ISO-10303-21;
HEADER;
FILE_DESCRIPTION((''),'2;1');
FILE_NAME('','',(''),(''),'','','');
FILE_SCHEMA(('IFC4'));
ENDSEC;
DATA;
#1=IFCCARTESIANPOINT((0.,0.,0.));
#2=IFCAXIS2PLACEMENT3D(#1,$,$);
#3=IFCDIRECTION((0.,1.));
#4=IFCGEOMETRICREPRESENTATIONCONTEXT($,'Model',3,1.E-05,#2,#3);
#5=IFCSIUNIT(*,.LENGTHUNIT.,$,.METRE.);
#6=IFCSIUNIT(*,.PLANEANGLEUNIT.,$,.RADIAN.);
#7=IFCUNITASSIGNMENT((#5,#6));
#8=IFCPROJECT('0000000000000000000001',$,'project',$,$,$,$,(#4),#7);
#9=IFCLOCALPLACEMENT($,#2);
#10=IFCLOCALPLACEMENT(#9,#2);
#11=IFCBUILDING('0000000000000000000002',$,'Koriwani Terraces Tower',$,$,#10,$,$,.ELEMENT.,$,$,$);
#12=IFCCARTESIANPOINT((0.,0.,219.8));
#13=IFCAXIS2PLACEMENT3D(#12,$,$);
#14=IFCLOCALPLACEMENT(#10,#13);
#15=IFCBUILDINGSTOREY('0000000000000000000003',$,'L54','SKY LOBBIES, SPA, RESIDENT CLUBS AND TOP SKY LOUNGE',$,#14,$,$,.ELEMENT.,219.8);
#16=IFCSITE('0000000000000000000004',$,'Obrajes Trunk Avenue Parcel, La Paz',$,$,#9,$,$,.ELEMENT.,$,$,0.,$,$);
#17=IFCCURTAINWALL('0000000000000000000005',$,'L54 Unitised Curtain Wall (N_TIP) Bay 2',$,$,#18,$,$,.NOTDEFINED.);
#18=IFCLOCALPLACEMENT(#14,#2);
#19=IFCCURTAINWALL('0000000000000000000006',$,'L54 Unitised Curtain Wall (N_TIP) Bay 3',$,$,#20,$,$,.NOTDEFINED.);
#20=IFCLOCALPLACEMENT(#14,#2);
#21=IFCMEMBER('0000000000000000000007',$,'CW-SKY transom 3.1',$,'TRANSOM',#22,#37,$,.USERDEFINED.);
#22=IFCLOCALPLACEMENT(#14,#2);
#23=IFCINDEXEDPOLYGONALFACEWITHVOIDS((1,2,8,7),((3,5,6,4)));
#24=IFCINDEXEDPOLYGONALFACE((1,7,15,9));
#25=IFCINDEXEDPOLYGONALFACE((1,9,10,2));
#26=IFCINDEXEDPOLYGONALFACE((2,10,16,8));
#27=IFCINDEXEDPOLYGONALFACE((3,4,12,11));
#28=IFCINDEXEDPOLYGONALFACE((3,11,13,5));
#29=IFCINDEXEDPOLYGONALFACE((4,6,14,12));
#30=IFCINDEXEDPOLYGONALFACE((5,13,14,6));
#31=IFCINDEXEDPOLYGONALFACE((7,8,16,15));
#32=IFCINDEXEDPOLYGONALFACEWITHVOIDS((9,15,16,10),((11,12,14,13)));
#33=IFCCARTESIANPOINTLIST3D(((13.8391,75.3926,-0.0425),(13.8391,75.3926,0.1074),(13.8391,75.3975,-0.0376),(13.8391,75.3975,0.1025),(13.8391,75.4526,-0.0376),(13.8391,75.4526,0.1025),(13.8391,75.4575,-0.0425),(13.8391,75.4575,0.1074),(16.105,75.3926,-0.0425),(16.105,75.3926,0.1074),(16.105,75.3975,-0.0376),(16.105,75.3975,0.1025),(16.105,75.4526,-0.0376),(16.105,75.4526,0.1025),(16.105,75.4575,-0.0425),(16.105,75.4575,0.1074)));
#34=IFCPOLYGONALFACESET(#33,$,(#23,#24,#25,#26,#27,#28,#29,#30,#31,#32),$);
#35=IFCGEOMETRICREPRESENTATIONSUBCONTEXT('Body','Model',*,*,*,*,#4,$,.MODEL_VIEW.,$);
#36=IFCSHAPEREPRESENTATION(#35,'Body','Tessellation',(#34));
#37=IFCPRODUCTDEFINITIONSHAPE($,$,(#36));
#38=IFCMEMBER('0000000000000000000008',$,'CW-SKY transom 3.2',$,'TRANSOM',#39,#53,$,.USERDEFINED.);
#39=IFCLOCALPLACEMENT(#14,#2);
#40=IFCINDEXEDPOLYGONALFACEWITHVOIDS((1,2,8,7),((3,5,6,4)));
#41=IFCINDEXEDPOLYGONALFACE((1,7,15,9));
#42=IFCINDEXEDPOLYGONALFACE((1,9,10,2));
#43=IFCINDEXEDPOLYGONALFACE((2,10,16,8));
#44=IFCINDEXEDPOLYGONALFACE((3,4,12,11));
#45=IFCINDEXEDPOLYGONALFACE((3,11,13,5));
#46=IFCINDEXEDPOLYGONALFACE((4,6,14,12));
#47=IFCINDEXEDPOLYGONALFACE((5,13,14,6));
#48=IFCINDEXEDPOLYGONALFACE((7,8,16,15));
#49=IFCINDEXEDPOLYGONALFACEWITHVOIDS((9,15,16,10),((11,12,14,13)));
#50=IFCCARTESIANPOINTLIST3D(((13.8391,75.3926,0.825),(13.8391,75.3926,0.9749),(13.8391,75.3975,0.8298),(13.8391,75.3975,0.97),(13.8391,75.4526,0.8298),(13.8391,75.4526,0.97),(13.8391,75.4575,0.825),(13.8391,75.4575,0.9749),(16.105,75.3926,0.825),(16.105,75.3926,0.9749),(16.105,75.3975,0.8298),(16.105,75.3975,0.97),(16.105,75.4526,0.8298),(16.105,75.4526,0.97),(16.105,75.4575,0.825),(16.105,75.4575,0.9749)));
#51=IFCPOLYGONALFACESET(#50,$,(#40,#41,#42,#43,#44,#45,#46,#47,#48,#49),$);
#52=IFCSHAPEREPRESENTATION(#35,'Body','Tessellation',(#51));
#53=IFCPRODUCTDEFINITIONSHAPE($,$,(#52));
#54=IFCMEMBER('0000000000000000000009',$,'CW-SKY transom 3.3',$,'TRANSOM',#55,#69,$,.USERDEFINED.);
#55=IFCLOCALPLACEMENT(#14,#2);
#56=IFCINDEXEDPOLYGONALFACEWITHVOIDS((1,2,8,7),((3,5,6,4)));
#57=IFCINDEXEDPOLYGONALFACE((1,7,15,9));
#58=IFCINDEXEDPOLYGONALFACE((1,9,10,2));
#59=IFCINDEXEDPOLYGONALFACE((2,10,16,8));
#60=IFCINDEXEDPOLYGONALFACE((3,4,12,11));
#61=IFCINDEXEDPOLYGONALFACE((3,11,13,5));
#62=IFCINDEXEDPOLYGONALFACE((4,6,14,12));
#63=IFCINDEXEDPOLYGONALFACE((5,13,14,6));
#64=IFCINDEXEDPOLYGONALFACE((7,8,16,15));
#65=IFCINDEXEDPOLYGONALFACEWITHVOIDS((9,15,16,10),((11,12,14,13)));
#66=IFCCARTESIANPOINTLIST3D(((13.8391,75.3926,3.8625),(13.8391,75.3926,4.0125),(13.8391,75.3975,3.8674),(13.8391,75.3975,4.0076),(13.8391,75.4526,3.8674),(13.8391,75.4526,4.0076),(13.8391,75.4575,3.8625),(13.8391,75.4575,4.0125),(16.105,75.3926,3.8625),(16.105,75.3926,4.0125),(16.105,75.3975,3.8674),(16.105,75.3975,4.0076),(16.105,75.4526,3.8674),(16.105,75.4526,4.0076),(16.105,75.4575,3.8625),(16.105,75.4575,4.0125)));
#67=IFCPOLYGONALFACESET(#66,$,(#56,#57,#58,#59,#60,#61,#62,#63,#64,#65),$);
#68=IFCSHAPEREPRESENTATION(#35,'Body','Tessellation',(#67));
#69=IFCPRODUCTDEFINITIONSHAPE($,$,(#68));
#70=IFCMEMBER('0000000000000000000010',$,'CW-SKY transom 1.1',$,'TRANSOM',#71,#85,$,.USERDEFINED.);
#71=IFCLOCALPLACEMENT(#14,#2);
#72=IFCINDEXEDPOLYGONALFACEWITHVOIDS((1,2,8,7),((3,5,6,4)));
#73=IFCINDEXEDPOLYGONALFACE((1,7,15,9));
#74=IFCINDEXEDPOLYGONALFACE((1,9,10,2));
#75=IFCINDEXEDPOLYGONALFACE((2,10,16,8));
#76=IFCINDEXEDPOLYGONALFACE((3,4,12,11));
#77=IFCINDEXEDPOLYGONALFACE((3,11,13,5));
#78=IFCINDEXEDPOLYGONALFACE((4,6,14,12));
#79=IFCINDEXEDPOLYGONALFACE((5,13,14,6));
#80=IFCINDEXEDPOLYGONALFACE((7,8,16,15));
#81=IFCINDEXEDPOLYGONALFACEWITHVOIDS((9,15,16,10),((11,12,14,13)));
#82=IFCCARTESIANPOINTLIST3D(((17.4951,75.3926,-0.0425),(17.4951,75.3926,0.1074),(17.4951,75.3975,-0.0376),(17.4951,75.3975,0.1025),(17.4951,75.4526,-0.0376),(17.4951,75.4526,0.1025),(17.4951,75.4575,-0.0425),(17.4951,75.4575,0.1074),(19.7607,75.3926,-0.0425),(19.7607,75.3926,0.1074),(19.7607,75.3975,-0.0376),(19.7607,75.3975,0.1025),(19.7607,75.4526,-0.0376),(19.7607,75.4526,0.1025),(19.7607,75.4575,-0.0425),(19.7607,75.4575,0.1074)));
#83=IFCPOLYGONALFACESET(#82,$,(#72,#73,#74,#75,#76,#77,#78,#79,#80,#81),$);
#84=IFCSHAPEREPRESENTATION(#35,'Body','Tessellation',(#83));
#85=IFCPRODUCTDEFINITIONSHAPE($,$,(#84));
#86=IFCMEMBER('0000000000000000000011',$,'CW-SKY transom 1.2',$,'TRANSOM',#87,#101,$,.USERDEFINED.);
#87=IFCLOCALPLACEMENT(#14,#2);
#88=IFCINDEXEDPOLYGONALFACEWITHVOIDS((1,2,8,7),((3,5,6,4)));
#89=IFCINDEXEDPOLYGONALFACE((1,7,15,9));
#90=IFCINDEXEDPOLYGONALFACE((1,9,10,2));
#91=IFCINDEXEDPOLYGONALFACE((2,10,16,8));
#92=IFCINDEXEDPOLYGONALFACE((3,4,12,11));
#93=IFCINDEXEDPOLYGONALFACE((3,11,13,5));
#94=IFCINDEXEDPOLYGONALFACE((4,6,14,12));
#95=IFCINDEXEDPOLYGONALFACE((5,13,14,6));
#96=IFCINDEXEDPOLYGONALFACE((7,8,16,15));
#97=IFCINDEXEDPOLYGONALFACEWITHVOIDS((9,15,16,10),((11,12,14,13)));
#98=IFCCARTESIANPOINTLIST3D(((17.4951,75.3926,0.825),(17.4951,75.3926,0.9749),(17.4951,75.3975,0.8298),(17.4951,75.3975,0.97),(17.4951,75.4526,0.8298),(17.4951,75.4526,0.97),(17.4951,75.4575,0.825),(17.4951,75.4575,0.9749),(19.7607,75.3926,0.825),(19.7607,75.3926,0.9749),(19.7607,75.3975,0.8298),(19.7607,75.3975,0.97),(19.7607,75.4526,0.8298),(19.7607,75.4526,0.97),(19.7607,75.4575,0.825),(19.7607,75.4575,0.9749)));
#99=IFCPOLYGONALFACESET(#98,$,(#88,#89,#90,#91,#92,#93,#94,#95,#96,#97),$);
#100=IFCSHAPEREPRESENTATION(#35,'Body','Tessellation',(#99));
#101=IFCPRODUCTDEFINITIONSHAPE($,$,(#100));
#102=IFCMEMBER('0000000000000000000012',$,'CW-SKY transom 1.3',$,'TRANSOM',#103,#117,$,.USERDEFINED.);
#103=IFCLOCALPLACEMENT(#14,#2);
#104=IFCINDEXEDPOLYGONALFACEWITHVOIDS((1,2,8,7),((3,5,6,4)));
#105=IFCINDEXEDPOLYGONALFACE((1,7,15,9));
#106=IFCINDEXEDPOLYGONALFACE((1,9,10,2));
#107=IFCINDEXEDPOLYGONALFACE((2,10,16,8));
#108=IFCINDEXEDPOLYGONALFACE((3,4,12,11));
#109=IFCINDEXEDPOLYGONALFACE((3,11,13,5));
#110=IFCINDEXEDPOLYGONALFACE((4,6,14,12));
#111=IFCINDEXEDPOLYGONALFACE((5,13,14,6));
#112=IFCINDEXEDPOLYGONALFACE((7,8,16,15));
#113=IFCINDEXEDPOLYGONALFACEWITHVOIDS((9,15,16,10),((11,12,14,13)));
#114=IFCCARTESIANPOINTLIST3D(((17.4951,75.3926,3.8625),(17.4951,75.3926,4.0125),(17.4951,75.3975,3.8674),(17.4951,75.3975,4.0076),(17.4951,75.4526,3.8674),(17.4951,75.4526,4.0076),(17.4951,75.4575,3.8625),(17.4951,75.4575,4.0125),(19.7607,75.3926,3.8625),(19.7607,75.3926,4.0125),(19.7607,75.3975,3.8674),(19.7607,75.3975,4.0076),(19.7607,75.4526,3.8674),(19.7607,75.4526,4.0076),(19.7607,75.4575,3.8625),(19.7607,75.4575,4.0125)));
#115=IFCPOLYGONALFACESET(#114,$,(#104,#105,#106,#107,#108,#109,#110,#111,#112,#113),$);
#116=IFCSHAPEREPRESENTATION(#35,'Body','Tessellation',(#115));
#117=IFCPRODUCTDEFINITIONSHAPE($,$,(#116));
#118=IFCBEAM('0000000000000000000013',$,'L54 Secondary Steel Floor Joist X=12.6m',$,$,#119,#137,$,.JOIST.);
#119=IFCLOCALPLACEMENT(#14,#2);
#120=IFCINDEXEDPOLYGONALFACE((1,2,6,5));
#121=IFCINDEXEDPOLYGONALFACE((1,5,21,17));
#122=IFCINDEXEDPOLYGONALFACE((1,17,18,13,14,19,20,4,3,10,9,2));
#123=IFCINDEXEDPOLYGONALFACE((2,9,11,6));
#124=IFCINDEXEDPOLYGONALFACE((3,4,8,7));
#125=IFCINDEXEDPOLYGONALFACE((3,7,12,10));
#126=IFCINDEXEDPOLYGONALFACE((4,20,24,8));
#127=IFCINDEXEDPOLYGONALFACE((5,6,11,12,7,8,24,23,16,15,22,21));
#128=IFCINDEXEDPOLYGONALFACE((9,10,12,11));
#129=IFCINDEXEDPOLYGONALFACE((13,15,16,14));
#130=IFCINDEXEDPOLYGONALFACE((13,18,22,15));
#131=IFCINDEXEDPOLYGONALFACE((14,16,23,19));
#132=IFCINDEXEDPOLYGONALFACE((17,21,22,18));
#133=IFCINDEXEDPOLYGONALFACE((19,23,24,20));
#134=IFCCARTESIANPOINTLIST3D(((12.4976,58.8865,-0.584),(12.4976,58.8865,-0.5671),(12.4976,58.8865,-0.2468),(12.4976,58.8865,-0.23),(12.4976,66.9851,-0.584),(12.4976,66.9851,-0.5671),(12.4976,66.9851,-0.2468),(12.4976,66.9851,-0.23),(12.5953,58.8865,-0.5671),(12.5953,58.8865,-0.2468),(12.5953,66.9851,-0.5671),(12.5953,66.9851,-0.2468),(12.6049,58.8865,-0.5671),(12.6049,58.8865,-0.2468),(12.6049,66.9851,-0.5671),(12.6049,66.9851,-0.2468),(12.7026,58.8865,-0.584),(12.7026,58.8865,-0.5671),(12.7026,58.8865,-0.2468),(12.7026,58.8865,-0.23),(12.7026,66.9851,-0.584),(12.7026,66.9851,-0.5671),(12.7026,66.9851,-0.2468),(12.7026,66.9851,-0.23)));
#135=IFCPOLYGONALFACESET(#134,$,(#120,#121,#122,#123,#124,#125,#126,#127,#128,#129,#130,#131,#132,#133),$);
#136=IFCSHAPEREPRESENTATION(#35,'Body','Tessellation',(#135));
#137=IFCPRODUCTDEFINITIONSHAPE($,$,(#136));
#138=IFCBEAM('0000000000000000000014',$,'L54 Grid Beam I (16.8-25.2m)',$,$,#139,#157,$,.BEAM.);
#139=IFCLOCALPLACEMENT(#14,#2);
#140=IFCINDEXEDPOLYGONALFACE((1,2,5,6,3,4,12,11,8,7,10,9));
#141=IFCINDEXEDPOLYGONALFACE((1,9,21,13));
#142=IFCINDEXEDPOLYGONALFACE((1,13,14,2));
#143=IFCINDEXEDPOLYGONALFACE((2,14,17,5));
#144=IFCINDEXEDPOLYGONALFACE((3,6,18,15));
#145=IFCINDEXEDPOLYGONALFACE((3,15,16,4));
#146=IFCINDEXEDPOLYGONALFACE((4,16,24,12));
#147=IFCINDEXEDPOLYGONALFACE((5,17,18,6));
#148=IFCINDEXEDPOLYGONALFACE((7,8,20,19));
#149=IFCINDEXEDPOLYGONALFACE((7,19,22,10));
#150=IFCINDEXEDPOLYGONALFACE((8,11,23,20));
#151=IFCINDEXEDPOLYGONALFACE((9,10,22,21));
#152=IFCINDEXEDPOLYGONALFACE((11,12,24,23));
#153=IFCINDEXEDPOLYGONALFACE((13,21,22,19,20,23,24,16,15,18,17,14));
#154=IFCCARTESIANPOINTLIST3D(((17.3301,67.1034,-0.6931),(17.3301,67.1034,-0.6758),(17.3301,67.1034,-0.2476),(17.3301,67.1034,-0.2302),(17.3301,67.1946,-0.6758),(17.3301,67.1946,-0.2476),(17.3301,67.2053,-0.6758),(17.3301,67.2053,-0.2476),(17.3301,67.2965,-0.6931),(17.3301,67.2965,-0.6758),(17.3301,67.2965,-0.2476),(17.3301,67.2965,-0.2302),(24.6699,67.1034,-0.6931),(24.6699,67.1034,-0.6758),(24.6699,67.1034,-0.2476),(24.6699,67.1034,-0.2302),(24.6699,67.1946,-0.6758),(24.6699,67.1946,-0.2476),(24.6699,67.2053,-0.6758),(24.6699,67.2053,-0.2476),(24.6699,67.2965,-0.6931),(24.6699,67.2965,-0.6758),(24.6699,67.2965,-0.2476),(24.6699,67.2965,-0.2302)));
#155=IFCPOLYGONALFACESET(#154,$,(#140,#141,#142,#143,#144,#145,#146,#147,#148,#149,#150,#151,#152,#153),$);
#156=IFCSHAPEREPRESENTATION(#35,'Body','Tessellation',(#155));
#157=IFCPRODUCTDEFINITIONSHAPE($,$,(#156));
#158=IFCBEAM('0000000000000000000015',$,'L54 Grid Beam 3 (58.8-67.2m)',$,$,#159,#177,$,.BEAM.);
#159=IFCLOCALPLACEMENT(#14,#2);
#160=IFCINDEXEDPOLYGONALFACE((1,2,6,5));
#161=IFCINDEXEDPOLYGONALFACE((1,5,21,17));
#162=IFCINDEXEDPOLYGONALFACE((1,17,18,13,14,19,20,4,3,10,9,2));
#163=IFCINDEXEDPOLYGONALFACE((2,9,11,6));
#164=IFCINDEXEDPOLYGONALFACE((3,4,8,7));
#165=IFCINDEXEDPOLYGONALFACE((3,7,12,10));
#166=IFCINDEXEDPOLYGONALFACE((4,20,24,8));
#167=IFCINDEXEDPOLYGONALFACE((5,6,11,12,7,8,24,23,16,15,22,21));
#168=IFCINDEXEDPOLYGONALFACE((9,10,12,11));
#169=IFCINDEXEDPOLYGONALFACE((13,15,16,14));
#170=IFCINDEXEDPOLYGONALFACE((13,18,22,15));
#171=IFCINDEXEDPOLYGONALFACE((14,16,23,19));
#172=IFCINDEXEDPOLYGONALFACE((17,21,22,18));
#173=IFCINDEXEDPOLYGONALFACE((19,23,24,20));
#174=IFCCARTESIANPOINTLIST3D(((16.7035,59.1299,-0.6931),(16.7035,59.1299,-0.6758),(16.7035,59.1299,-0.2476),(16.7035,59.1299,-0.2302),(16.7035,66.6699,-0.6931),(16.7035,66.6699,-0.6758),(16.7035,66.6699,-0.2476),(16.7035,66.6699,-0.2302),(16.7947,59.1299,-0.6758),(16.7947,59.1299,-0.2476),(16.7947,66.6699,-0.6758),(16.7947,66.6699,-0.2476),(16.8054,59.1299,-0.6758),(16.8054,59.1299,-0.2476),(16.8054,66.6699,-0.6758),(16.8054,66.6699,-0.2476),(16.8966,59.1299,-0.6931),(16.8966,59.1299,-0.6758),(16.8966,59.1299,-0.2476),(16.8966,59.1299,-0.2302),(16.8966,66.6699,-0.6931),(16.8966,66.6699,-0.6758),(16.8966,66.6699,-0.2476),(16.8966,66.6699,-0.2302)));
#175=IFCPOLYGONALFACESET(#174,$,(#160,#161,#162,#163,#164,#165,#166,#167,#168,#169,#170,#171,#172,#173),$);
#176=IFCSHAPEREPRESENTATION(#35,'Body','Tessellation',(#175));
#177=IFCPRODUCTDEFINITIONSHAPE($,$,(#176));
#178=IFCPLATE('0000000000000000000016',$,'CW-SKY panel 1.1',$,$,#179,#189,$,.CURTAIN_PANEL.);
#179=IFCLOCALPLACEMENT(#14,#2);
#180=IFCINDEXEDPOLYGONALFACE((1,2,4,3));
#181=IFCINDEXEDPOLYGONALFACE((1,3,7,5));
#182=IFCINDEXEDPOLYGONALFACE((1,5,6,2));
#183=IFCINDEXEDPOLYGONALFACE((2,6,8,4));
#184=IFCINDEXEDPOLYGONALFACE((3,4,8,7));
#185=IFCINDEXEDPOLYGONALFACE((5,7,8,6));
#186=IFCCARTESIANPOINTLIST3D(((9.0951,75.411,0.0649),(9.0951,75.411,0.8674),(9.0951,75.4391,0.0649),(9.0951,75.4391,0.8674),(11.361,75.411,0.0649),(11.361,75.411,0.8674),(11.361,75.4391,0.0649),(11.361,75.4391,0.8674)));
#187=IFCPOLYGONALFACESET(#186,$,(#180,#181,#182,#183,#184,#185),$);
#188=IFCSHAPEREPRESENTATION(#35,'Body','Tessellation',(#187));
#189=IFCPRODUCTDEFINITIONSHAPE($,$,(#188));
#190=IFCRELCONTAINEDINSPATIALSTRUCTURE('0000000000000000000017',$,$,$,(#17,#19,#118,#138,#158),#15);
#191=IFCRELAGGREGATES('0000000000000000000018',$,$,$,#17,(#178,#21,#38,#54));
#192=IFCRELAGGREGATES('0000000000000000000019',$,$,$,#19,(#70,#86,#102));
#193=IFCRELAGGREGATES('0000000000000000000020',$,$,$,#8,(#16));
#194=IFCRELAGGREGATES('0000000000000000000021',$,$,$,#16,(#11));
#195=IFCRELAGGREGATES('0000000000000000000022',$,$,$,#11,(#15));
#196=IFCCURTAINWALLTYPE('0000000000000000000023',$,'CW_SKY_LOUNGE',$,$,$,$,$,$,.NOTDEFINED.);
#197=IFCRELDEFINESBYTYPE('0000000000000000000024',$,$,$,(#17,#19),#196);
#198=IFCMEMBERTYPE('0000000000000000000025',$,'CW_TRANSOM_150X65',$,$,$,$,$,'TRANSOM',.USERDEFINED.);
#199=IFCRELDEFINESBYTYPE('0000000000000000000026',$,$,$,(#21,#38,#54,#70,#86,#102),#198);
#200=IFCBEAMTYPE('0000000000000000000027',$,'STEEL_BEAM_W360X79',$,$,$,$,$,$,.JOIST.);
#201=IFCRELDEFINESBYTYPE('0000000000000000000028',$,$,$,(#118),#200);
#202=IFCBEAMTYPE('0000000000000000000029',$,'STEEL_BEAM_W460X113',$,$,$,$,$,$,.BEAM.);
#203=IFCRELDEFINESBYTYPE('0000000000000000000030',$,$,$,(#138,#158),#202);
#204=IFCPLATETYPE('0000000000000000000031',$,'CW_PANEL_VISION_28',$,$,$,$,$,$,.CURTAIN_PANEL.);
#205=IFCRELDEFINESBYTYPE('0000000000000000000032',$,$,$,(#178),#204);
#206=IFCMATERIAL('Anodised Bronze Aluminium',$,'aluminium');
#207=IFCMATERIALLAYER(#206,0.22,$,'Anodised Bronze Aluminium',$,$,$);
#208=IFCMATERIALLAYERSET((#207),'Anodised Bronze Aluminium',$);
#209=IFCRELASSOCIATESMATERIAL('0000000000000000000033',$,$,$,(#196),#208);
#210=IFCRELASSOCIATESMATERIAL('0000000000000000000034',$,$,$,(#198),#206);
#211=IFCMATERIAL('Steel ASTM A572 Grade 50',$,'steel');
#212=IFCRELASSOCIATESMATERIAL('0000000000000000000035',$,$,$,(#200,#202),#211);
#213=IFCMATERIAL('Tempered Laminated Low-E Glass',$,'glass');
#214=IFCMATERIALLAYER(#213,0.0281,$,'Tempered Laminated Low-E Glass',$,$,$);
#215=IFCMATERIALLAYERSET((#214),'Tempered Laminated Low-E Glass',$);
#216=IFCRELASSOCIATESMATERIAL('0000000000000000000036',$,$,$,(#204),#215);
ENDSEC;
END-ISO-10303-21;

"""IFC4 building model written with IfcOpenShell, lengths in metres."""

from ifc_helpers import new_model, si_unit, direction, frame, origin, origin_2d, place, context, subcontext, project, spatial, rectangle, hollow_rectangle, i_section, extrude, material, layer, layer_set, material_profile, profile_set, type_object, element, aggregate, save


model = new_model("IFC4")

# Units and contexts
model_context = context("Model", 3, precision=1e-05, world=origin(), true_north=direction((0.0, 1.0)))
body_context = subcontext(model_context, "Body", "Model", "MODEL_VIEW")
ifc_project = project(units=[si_unit("LENGTHUNIT", "METRE"), si_unit("PLANEANGLEUNIT", "RADIAN")], contexts=[model_context])

# Site, building, storey
site_placement = place(None, origin())
site = spatial("IfcSite", under=ifc_project, at=site_placement, Name="Obrajes Trunk Avenue Parcel, La Paz", CompositionType="ELEMENT", RefElevation=0.0)
building_placement = place(site_placement, origin())
building = spatial("IfcBuilding", under=site, at=building_placement, Name="Koriwani Terraces Tower", CompositionType="ELEMENT")
storey_placement = place(building_placement, frame((0.0, 0.0, 219.8)))
storey = spatial("IfcBuildingStorey", under=building, at=storey_placement, Name="L54", Description="SKY LOBBIES, SPA, RESIDENT CLUBS AND TOP SKY LOUNGE", CompositionType="ELEMENT", Elevation=219.8)

# Curtain wall
ifc_material_1 = material(Name="Anodised Bronze Aluminium", Category="aluminium")
ifc_layer_1 = layer(ifc_material_1, 0.22, Name="Anodised Bronze Aluminium")
ifc_layer_set_1 = layer_set([ifc_layer_1], Name="Anodised Bronze Aluminium")
curtain_wall_type = type_object("IfcCurtainWallType", Name="CW_SKY_LOUNGE", PredefinedType="NOTDEFINED", material=ifc_layer_set_1)
curtain_wall_1_placement = place(storey_placement, origin())
curtain_wall_1 = element("IfcCurtainWall", 1, at=curtain_wall_1_placement, inside=storey, type_object=curtain_wall_type, Name="L54 Unitised Curtain Wall (N_TIP) Bay 2", PredefinedType="NOTDEFINED")

# Curtain wall
curtain_wall_2_placement = place(storey_placement, origin())
curtain_wall_2 = element("IfcCurtainWall", 2, at=curtain_wall_2_placement, inside=storey, type_object=curtain_wall_type, Name="L54 Unitised Curtain Wall (N_TIP) Bay 3", PredefinedType="NOTDEFINED")

# Members
ifc_material_profile_1 = material_profile(ifc_material_1, hollow_rectangle(XDim=0.0649, YDim=0.1499, WallThickness=0.0049, at=origin_2d()), Name="Anodised Bronze Aluminium", Category="LoadBearing")
ifc_profile_set_1 = profile_set([ifc_material_profile_1], Name="Anodised Bronze Aluminium")
member_type_1 = type_object("IfcMemberType", Name="CW_TRANSOM_150X65", ElementType="TRANSOM", PredefinedType="USERDEFINED", material=ifc_profile_set_1)
member_1_placement = place(storey_placement, frame((13.8391, 75.425, 0.0325), z_axis=(1.0, 0.0, 0.0), x_axis=(0.0, 1.0, 0.0)))
member_1 = element("IfcMember", 3, at=member_1_placement, type_object=member_type_1, Name="CW-SKY transom 3.1", ObjectType="TRANSOM", PredefinedType="USERDEFINED", context=body_context, shape_type="SweptSolid", body=[
    extrude(hollow_rectangle(XDim=0.0649, YDim=0.1499, WallThickness=0.0049, at=origin_2d()), origin(), (0.0, 0.0, 1.0), 2.2659),
])
member_2_placement = place(storey_placement, frame((13.8391, 75.425, 0.8999), z_axis=(1.0, 0.0, 0.0), x_axis=(0.0, 1.0, 0.0)))
member_2 = element("IfcMember", 4, at=member_2_placement, type_object=member_type_1, Name="CW-SKY transom 3.2", ObjectType="TRANSOM", PredefinedType="USERDEFINED", context=body_context, shape_type="SweptSolid", body=[
    extrude(hollow_rectangle(XDim=0.0649, YDim=0.1499, WallThickness=0.0049, at=origin_2d()), origin(), (0.0, 0.0, 1.0), 2.2659),
])
member_3_placement = place(storey_placement, frame((13.8391, 75.425, 3.9375), z_axis=(1.0, 0.0, 0.0), x_axis=(0.0, 1.0, 0.0)))
member_3 = element("IfcMember", 5, at=member_3_placement, type_object=member_type_1, Name="CW-SKY transom 3.3", ObjectType="TRANSOM", PredefinedType="USERDEFINED", context=body_context, shape_type="SweptSolid", body=[
    extrude(hollow_rectangle(XDim=0.0649, YDim=0.1499, WallThickness=0.0049, at=origin_2d()), origin(), (0.0, 0.0, 1.0), 2.2659),
])
member_4_placement = place(storey_placement, frame((17.4951, 75.425, 0.0325), z_axis=(1.0, 0.0, 0.0), x_axis=(0.0, 1.0, 0.0)))
member_4 = element("IfcMember", 6, at=member_4_placement, type_object=member_type_1, Name="CW-SKY transom 1.1", ObjectType="TRANSOM", PredefinedType="USERDEFINED", context=body_context, shape_type="SweptSolid", body=[
    extrude(hollow_rectangle(XDim=0.0649, YDim=0.1499, WallThickness=0.0049, at=origin_2d()), origin(), (0.0, 0.0, 1.0), 2.2656),
])
member_5_placement = place(storey_placement, frame((17.4951, 75.425, 0.8999), z_axis=(1.0, 0.0, 0.0), x_axis=(0.0, 1.0, 0.0)))
member_5 = element("IfcMember", 7, at=member_5_placement, type_object=member_type_1, Name="CW-SKY transom 1.2", ObjectType="TRANSOM", PredefinedType="USERDEFINED", context=body_context, shape_type="SweptSolid", body=[
    extrude(hollow_rectangle(XDim=0.0649, YDim=0.1499, WallThickness=0.0049, at=origin_2d()), origin(), (0.0, 0.0, 1.0), 2.2656),
])
member_6_placement = place(storey_placement, frame((17.4951, 75.425, 3.9375), z_axis=(1.0, 0.0, 0.0), x_axis=(0.0, 1.0, 0.0)))
member_6 = element("IfcMember", 8, at=member_6_placement, type_object=member_type_1, Name="CW-SKY transom 1.3", ObjectType="TRANSOM", PredefinedType="USERDEFINED", context=body_context, shape_type="SweptSolid", body=[
    extrude(hollow_rectangle(XDim=0.0649, YDim=0.1499, WallThickness=0.0049, at=origin_2d()), origin(), (0.0, 0.0, 1.0), 2.2656),
])

# Beams
ifc_material_2 = material(Name="Steel ASTM A572 Grade 50", Category="steel")
ifc_material_profile_2 = material_profile(ifc_material_2, i_section(OverallWidth=0.2051, OverallDepth=0.354, WebThickness=0.0095, FlangeThickness=0.0168, at=origin_2d()), Name="Steel ASTM A572 Grade 50", Category="LoadBearing")
ifc_profile_set_2 = profile_set([ifc_material_profile_2], Name="Steel ASTM A572 Grade 50")
beam_type_1 = type_object("IfcBeamType", Name="STEEL_BEAM_W360X79", PredefinedType="JOIST", material=ifc_profile_set_2)
beam_1_placement = place(storey_placement, frame((12.6001, 58.8865, -0.407), z_axis=(0.0, 1.0, 0.0), x_axis=(-1.0, 0.0, 0.0)))
element("IfcBeam", 9, at=beam_1_placement, inside=storey, type_object=beam_type_1, Name="L54 Secondary Steel Floor Joist X=12.6m", PredefinedType="JOIST", context=body_context, shape_type="SweptSolid", body=[
    extrude(i_section(OverallWidth=0.2051, OverallDepth=0.354, WebThickness=0.0095, FlangeThickness=0.0168, at=origin_2d()), origin(), (0.0, 0.0, 1.0), 8.0986),
])
ifc_material_profile_3 = material_profile(ifc_material_2, i_section(OverallWidth=0.1931, OverallDepth=0.4629, WebThickness=0.0107, FlangeThickness=0.0173, at=origin_2d()), Name="Steel ASTM A572 Grade 50", Category="LoadBearing")
ifc_profile_set_3 = profile_set([ifc_material_profile_3], Name="Steel ASTM A572 Grade 50")
beam_type_2 = type_object("IfcBeamType", Name="STEEL_BEAM_W460X113", PredefinedType="BEAM", material=ifc_profile_set_3)
beam_2_placement = place(storey_placement, frame((17.3301, 67.2, -0.4617), z_axis=(1.0, 0.0, 0.0), x_axis=(0.0, 1.0, 0.0)))
element("IfcBeam", 10, at=beam_2_placement, inside=storey, type_object=beam_type_2, Name="L54 Grid Beam I (16.8-25.2m)", PredefinedType="BEAM", context=body_context, shape_type="SweptSolid", body=[
    extrude(i_section(OverallWidth=0.1931, OverallDepth=0.4629, WebThickness=0.0107, FlangeThickness=0.0173, at=origin_2d()), origin(), (0.0, 0.0, 1.0), 7.3398),
])
beam_3_placement = place(storey_placement, frame((16.8, 59.1299, -0.4617), z_axis=(0.0, 1.0, 0.0), x_axis=(-1.0, 0.0, 0.0)))
element("IfcBeam", 11, at=beam_3_placement, inside=storey, type_object=beam_type_2, Name="L54 Grid Beam 3 (58.8-67.2m)", PredefinedType="BEAM", context=body_context, shape_type="SweptSolid", body=[
    extrude(i_section(OverallWidth=0.1931, OverallDepth=0.4629, WebThickness=0.0107, FlangeThickness=0.0173, at=origin_2d()), origin(), (0.0, 0.0, 1.0), 7.54),
])

# Plate
ifc_material_3 = material(Name="Tempered Laminated Low-E Glass", Category="glass")
ifc_layer_2 = layer(ifc_material_3, 0.0281, Name="Tempered Laminated Low-E Glass")
ifc_layer_set_2 = layer_set([ifc_layer_2], Name="Tempered Laminated Low-E Glass")
plate_type = type_object("IfcPlateType", Name="CW_PANEL_VISION_28", PredefinedType="CURTAIN_PANEL", material=ifc_layer_set_2)
plate_1_placement = place(storey_placement, frame((10.228, 75.425, 0.0649), z_axis=(0.0, 0.0, 1.0), x_axis=(1.0, 0.0, 0.0)))
plate_1 = element("IfcPlate", 12, at=plate_1_placement, type_object=plate_type, Name="CW-SKY panel 1.1", PredefinedType="CURTAIN_PANEL", context=body_context, shape_type="SweptSolid", body=[
    extrude(rectangle(XDim=2.2659, YDim=0.0281, at=origin_2d()), origin(), (0.0, 0.0, 1.0), 0.8025),
])
aggregate(curtain_wall_1, [plate_1, member_1, member_2, member_3])
aggregate(curtain_wall_2, [member_4, member_5, member_6])

save(model, "model.ifc")
